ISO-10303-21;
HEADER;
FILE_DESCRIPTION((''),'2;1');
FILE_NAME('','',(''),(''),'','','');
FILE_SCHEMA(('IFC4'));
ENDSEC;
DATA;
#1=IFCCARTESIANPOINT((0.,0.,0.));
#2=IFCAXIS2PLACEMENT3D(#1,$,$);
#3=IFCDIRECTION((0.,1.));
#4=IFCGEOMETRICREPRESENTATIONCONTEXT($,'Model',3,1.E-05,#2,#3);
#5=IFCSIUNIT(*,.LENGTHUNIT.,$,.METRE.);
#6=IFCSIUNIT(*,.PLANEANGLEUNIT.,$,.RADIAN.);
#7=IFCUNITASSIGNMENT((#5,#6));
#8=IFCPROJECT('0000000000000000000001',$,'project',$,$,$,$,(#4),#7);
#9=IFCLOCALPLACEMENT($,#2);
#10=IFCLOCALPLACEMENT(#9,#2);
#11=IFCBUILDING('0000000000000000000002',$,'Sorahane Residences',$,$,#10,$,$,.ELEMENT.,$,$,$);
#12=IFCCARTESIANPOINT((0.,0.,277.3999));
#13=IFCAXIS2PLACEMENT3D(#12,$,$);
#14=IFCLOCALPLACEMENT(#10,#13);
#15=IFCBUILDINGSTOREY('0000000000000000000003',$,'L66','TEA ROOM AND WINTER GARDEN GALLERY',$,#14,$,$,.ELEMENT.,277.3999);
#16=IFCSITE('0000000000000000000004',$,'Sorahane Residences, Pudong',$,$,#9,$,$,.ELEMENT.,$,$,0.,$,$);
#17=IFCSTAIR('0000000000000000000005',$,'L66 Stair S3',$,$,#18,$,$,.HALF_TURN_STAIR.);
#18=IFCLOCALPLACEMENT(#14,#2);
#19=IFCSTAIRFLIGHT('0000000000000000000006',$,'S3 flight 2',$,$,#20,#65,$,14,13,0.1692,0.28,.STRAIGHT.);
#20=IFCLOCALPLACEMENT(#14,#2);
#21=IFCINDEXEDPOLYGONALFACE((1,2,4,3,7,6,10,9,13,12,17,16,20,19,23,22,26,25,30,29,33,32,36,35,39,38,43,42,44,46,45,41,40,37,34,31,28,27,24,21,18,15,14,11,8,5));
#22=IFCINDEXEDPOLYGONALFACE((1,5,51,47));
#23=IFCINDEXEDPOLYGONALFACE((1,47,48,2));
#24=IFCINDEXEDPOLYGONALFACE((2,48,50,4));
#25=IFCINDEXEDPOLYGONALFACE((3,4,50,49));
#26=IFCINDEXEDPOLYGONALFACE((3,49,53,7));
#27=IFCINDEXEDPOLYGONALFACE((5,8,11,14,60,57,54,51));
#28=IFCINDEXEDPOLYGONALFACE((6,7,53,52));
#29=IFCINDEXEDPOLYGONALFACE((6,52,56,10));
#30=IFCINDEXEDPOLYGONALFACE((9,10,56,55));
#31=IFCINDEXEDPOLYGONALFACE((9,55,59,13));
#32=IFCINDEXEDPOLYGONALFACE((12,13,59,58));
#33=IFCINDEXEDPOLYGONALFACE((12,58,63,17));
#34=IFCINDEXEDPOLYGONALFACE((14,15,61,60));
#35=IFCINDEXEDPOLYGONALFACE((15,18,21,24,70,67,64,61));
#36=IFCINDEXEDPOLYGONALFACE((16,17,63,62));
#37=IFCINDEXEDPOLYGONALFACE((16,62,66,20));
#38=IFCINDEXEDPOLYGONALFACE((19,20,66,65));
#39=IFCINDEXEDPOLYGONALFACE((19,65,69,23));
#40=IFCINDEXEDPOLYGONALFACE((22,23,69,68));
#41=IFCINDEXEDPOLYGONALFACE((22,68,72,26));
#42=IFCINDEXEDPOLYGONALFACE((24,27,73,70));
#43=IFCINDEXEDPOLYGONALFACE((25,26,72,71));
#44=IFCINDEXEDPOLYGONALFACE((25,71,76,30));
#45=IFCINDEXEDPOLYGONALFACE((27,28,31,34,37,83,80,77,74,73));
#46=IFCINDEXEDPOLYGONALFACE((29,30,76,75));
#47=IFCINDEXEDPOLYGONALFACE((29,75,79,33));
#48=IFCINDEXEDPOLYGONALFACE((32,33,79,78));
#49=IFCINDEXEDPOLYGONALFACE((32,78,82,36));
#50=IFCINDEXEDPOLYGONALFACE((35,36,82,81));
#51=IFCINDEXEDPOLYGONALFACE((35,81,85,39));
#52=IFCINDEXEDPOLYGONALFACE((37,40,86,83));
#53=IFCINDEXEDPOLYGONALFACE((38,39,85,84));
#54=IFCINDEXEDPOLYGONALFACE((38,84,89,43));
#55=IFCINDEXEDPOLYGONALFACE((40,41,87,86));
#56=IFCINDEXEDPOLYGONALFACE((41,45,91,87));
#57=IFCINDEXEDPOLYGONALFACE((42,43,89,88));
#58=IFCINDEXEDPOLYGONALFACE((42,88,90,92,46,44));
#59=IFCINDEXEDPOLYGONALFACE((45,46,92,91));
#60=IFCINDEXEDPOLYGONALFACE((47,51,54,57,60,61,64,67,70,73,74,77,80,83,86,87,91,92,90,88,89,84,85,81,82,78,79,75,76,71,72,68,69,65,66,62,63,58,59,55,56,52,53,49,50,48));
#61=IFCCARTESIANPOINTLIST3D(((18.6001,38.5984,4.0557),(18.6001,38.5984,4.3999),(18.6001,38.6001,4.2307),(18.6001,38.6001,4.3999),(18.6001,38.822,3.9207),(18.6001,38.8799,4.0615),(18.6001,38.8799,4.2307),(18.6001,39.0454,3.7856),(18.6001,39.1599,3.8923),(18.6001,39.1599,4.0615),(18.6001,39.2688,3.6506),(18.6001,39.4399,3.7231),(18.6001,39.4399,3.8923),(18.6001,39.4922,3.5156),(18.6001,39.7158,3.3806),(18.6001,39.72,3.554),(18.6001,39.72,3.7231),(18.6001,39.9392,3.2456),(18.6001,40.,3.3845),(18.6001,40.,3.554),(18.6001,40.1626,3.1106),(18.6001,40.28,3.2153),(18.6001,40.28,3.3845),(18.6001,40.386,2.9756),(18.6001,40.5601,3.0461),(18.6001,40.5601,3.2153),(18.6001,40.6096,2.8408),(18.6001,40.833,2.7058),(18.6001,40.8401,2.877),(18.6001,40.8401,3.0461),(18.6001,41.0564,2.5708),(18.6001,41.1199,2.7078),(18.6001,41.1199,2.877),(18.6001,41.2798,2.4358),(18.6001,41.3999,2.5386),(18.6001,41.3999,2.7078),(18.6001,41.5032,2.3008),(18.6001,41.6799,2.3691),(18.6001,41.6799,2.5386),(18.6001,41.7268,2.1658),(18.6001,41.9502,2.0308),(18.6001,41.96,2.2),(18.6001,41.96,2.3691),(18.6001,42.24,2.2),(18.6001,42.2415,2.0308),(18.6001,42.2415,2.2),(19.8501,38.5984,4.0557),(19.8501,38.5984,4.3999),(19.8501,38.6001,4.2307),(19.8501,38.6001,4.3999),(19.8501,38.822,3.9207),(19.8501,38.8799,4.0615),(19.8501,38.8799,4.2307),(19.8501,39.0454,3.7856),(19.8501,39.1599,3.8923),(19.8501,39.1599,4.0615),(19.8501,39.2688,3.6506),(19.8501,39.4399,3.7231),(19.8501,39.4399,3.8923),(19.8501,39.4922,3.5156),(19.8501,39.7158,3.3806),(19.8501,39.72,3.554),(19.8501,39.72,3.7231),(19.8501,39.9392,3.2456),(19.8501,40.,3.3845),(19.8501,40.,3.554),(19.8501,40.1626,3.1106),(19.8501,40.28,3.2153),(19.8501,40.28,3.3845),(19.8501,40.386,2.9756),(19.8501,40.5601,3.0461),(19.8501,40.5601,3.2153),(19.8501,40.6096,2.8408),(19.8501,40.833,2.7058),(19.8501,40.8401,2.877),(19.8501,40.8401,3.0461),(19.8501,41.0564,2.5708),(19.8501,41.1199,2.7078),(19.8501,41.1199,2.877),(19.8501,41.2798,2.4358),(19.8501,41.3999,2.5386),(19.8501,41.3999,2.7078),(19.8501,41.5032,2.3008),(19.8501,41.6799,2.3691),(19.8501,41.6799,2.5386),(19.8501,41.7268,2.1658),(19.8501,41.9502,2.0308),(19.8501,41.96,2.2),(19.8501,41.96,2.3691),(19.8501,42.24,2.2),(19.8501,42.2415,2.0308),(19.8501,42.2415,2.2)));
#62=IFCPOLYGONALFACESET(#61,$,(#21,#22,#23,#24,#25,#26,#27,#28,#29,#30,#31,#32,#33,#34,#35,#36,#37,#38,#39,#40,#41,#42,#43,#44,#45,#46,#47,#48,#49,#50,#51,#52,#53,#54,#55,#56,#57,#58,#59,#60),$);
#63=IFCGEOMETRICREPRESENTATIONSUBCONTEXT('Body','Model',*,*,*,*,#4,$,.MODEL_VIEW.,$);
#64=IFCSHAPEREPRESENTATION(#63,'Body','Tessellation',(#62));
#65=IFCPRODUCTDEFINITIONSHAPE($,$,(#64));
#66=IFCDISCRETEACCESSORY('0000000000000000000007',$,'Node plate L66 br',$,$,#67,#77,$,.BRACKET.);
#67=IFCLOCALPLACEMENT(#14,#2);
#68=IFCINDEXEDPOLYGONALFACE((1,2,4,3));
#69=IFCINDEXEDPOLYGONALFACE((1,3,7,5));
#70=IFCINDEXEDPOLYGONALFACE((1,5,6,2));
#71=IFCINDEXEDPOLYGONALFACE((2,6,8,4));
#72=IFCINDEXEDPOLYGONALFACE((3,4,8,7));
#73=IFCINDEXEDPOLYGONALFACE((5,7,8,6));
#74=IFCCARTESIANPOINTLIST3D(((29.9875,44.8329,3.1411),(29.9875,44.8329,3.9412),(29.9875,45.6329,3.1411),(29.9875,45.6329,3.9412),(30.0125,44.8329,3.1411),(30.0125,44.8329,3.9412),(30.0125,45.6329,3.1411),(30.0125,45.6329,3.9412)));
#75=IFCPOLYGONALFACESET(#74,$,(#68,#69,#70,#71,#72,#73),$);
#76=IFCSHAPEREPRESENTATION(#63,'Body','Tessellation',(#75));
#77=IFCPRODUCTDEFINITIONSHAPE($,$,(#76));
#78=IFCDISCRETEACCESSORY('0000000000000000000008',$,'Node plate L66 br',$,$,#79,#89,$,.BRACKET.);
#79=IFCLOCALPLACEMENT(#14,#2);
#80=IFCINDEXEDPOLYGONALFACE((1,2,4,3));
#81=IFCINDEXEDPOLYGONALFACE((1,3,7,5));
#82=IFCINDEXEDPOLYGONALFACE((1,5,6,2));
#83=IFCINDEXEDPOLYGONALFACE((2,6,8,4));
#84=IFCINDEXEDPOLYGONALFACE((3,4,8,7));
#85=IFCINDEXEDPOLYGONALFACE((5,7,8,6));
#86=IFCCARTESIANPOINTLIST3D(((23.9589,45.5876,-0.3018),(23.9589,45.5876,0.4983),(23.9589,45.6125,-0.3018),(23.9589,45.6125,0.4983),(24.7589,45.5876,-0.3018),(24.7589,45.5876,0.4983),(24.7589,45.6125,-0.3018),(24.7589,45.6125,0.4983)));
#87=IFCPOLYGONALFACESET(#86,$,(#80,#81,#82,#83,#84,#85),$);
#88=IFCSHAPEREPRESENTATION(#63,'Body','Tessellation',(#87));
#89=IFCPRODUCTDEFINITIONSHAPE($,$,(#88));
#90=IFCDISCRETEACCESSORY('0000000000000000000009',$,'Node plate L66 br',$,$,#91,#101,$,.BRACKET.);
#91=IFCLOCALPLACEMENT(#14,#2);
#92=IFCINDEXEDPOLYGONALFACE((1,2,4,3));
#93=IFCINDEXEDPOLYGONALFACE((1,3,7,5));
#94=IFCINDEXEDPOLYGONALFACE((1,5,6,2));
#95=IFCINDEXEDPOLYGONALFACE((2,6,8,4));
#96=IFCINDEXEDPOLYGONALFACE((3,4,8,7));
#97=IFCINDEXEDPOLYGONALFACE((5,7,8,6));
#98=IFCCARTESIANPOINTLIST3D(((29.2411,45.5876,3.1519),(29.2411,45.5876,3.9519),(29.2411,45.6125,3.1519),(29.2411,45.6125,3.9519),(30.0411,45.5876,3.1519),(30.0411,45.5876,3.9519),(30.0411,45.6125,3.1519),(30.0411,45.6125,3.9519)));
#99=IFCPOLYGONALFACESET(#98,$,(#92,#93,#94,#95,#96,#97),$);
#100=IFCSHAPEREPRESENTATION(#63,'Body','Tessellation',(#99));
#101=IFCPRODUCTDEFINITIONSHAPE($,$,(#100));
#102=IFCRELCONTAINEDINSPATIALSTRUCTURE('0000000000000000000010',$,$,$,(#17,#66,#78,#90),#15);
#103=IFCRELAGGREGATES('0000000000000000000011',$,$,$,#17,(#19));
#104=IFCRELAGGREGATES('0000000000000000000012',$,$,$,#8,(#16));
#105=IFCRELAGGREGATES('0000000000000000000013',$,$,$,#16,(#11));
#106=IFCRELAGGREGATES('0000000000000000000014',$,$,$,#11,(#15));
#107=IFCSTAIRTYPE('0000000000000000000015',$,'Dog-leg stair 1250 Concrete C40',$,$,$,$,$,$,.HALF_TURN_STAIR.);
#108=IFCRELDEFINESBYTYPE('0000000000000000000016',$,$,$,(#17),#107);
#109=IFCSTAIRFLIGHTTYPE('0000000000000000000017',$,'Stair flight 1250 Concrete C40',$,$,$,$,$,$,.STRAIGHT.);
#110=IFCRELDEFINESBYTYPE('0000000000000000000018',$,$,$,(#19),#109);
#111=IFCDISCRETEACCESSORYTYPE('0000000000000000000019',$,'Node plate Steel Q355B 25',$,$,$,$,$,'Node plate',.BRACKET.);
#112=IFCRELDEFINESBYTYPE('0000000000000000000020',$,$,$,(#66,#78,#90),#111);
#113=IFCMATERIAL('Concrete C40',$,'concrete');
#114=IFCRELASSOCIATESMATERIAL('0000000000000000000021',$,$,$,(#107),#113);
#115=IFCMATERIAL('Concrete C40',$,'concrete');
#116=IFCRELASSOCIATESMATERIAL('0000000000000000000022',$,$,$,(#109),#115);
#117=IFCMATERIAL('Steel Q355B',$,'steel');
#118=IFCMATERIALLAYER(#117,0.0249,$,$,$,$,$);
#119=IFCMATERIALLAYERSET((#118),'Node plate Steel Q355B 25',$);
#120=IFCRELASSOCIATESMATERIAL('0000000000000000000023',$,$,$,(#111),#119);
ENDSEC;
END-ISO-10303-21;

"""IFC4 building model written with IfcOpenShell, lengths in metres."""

from ifc_helpers import new_model, si_unit, direction, frame, origin, origin_2d, place, context, subcontext, project, spatial, polyline, rectangle, outline, extrude, material, layer, layer_set, type_object, element, aggregate, save


model = new_model("IFC4")

# Units and contexts
model_context = context("Model", 3, precision=1e-05, world=origin(), true_north=direction((0.0, 1.0)))
body_context = subcontext(model_context, "Body", "Model", "MODEL_VIEW")
ifc_project = project(units=[si_unit("LENGTHUNIT", "METRE"), si_unit("PLANEANGLEUNIT", "RADIAN")], contexts=[model_context])

# Site, building, storey
site_placement = place(None, origin())
site = spatial("IfcSite", under=ifc_project, at=site_placement, Name="Sorahane Residences, Pudong", CompositionType="ELEMENT", RefElevation=0.0)
building_placement = place(site_placement, origin())
building = spatial("IfcBuilding", under=site, at=building_placement, Name="Sorahane Residences", CompositionType="ELEMENT")
storey_placement = place(building_placement, frame((0.0, 0.0, 277.3999)))
storey = spatial("IfcBuildingStorey", under=building, at=storey_placement, Name="L66", Description="TEA ROOM AND WINTER GARDEN GALLERY", CompositionType="ELEMENT", Elevation=277.3999)

# Stair, stair flight
ifc_material_1 = material(Name="Concrete C40", Category="concrete")
stair_type = type_object("IfcStairType", Name="Dog-leg stair 1250 Concrete C40", PredefinedType="HALF_TURN_STAIR", material=ifc_material_1)
stair_placement = place(storey_placement, origin())
stair = element("IfcStair", 1, at=stair_placement, inside=storey, type_object=stair_type, Name="L66 Stair S3", PredefinedType="HALF_TURN_STAIR")
ifc_material_2 = material(Name="Concrete C40", Category="concrete")
stair_flight_type = type_object("IfcStairFlightType", Name="Stair flight 1250 Concrete C40", PredefinedType="STRAIGHT", material=ifc_material_2)
stair_flight_placement = place(storey_placement, frame((19.2251, 42.24, 2.0308), z_axis=(0.0, 0.0, 1.0), x_axis=(0.0, -1.0, 0.0)))
stair_flight = element("IfcStairFlight", 2, at=stair_flight_placement, type_object=stair_flight_type, Name="S3 flight 2", NumberOfRisers=14, NumberOfTreads=13, PredefinedType="STRAIGHT", RiserHeight=0.1692, TreadLength=0.28, context=body_context, shape_type="SweptSolid", body=[
    extrude(outline(polyline([(-0.0015, 0.0), (-0.0015, 0.1692), (0.0, 0.1692), (0.28, 0.1692), (0.28, 0.3384), (0.5601, 0.3384), (0.5601, 0.5078), (0.8401, 0.5078), (0.8401, 0.677), (1.1201, 0.677), (1.1201, 0.8462), (1.3999, 0.8462), (1.3999, 1.0154), (1.6799, 1.0154), (1.6799, 1.1846), (1.96, 1.1846), (1.96, 1.3538), (2.24, 1.3538), (2.24, 1.5232), (2.52, 1.5232), (2.52, 1.6924), (2.8, 1.6924), (2.8, 1.8616), (3.0801, 1.8616), (3.0801, 2.0308), (3.3601, 2.0308), (3.3601, 2.2), (3.6399, 2.2), (3.6399, 2.3691), (3.6416, 2.3691), (3.6416, 2.0249), (3.418, 1.8899), (3.1946, 1.7549), (2.9712, 1.6199), (2.7478, 1.4849), (2.5242, 1.3499), (2.3008, 1.2148), (2.0774, 1.0798), (1.854, 0.9448), (1.6304, 0.8101), (1.407, 0.675), (1.1836, 0.54), (0.9602, 0.405), (0.7368, 0.27), (0.5132, 0.135), (0.2898, 0.0), (-0.0015, 0.0)])), frame((0.0, 0.625, 0.0), z_axis=(0.0, -1.0, 0.0), x_axis=(1.0, 0.0, 0.0)), (0.0, 0.0, 1.0), 1.25),
])
aggregate(stair, [stair_flight])

# Discrete accessories
ifc_material_3 = material(Name="Steel Q355B", Category="steel")
ifc_layer_1 = layer(ifc_material_3, 0.0249)
ifc_layer_set_1 = layer_set([ifc_layer_1], Name="Node plate Steel Q355B 25")
discrete_accessory_type = type_object("IfcDiscreteAccessoryType", Name="Node plate Steel Q355B 25", ElementType="Node plate", PredefinedType="BRACKET", material=ifc_layer_set_1)
for number, where, z_axis, x_axis, name in (
    (3, (30.0, 45.2329, 3.1411), (0.0, 0.0, 1.0), (0.0, 1.0, 0.0), "Node plate L66 br"),
    (4, (24.3589, 45.6001, -0.3018), (0.0, 0.0, 1.0), (1.0, 0.0, 0.0), "Node plate L66 br"),
    (5, (29.6411, 45.6001, 3.1519), (0.0, 0.0, 1.0), (1.0, 0.0, 0.0), "Node plate L66 br"),
):
    element("IfcDiscreteAccessory", number, at=place(storey_placement, frame(where, z_axis=z_axis, x_axis=x_axis)), inside=storey, type_object=discrete_accessory_type, Name=name, PredefinedType="BRACKET", context=body_context, shape_type="SweptSolid", body=[
        extrude(rectangle(XDim=0.8, YDim=0.0249, at=origin_2d()), origin(), (0.0, 0.0, 1.0), 0.8),
    ])

save(model, "model.ifc")
